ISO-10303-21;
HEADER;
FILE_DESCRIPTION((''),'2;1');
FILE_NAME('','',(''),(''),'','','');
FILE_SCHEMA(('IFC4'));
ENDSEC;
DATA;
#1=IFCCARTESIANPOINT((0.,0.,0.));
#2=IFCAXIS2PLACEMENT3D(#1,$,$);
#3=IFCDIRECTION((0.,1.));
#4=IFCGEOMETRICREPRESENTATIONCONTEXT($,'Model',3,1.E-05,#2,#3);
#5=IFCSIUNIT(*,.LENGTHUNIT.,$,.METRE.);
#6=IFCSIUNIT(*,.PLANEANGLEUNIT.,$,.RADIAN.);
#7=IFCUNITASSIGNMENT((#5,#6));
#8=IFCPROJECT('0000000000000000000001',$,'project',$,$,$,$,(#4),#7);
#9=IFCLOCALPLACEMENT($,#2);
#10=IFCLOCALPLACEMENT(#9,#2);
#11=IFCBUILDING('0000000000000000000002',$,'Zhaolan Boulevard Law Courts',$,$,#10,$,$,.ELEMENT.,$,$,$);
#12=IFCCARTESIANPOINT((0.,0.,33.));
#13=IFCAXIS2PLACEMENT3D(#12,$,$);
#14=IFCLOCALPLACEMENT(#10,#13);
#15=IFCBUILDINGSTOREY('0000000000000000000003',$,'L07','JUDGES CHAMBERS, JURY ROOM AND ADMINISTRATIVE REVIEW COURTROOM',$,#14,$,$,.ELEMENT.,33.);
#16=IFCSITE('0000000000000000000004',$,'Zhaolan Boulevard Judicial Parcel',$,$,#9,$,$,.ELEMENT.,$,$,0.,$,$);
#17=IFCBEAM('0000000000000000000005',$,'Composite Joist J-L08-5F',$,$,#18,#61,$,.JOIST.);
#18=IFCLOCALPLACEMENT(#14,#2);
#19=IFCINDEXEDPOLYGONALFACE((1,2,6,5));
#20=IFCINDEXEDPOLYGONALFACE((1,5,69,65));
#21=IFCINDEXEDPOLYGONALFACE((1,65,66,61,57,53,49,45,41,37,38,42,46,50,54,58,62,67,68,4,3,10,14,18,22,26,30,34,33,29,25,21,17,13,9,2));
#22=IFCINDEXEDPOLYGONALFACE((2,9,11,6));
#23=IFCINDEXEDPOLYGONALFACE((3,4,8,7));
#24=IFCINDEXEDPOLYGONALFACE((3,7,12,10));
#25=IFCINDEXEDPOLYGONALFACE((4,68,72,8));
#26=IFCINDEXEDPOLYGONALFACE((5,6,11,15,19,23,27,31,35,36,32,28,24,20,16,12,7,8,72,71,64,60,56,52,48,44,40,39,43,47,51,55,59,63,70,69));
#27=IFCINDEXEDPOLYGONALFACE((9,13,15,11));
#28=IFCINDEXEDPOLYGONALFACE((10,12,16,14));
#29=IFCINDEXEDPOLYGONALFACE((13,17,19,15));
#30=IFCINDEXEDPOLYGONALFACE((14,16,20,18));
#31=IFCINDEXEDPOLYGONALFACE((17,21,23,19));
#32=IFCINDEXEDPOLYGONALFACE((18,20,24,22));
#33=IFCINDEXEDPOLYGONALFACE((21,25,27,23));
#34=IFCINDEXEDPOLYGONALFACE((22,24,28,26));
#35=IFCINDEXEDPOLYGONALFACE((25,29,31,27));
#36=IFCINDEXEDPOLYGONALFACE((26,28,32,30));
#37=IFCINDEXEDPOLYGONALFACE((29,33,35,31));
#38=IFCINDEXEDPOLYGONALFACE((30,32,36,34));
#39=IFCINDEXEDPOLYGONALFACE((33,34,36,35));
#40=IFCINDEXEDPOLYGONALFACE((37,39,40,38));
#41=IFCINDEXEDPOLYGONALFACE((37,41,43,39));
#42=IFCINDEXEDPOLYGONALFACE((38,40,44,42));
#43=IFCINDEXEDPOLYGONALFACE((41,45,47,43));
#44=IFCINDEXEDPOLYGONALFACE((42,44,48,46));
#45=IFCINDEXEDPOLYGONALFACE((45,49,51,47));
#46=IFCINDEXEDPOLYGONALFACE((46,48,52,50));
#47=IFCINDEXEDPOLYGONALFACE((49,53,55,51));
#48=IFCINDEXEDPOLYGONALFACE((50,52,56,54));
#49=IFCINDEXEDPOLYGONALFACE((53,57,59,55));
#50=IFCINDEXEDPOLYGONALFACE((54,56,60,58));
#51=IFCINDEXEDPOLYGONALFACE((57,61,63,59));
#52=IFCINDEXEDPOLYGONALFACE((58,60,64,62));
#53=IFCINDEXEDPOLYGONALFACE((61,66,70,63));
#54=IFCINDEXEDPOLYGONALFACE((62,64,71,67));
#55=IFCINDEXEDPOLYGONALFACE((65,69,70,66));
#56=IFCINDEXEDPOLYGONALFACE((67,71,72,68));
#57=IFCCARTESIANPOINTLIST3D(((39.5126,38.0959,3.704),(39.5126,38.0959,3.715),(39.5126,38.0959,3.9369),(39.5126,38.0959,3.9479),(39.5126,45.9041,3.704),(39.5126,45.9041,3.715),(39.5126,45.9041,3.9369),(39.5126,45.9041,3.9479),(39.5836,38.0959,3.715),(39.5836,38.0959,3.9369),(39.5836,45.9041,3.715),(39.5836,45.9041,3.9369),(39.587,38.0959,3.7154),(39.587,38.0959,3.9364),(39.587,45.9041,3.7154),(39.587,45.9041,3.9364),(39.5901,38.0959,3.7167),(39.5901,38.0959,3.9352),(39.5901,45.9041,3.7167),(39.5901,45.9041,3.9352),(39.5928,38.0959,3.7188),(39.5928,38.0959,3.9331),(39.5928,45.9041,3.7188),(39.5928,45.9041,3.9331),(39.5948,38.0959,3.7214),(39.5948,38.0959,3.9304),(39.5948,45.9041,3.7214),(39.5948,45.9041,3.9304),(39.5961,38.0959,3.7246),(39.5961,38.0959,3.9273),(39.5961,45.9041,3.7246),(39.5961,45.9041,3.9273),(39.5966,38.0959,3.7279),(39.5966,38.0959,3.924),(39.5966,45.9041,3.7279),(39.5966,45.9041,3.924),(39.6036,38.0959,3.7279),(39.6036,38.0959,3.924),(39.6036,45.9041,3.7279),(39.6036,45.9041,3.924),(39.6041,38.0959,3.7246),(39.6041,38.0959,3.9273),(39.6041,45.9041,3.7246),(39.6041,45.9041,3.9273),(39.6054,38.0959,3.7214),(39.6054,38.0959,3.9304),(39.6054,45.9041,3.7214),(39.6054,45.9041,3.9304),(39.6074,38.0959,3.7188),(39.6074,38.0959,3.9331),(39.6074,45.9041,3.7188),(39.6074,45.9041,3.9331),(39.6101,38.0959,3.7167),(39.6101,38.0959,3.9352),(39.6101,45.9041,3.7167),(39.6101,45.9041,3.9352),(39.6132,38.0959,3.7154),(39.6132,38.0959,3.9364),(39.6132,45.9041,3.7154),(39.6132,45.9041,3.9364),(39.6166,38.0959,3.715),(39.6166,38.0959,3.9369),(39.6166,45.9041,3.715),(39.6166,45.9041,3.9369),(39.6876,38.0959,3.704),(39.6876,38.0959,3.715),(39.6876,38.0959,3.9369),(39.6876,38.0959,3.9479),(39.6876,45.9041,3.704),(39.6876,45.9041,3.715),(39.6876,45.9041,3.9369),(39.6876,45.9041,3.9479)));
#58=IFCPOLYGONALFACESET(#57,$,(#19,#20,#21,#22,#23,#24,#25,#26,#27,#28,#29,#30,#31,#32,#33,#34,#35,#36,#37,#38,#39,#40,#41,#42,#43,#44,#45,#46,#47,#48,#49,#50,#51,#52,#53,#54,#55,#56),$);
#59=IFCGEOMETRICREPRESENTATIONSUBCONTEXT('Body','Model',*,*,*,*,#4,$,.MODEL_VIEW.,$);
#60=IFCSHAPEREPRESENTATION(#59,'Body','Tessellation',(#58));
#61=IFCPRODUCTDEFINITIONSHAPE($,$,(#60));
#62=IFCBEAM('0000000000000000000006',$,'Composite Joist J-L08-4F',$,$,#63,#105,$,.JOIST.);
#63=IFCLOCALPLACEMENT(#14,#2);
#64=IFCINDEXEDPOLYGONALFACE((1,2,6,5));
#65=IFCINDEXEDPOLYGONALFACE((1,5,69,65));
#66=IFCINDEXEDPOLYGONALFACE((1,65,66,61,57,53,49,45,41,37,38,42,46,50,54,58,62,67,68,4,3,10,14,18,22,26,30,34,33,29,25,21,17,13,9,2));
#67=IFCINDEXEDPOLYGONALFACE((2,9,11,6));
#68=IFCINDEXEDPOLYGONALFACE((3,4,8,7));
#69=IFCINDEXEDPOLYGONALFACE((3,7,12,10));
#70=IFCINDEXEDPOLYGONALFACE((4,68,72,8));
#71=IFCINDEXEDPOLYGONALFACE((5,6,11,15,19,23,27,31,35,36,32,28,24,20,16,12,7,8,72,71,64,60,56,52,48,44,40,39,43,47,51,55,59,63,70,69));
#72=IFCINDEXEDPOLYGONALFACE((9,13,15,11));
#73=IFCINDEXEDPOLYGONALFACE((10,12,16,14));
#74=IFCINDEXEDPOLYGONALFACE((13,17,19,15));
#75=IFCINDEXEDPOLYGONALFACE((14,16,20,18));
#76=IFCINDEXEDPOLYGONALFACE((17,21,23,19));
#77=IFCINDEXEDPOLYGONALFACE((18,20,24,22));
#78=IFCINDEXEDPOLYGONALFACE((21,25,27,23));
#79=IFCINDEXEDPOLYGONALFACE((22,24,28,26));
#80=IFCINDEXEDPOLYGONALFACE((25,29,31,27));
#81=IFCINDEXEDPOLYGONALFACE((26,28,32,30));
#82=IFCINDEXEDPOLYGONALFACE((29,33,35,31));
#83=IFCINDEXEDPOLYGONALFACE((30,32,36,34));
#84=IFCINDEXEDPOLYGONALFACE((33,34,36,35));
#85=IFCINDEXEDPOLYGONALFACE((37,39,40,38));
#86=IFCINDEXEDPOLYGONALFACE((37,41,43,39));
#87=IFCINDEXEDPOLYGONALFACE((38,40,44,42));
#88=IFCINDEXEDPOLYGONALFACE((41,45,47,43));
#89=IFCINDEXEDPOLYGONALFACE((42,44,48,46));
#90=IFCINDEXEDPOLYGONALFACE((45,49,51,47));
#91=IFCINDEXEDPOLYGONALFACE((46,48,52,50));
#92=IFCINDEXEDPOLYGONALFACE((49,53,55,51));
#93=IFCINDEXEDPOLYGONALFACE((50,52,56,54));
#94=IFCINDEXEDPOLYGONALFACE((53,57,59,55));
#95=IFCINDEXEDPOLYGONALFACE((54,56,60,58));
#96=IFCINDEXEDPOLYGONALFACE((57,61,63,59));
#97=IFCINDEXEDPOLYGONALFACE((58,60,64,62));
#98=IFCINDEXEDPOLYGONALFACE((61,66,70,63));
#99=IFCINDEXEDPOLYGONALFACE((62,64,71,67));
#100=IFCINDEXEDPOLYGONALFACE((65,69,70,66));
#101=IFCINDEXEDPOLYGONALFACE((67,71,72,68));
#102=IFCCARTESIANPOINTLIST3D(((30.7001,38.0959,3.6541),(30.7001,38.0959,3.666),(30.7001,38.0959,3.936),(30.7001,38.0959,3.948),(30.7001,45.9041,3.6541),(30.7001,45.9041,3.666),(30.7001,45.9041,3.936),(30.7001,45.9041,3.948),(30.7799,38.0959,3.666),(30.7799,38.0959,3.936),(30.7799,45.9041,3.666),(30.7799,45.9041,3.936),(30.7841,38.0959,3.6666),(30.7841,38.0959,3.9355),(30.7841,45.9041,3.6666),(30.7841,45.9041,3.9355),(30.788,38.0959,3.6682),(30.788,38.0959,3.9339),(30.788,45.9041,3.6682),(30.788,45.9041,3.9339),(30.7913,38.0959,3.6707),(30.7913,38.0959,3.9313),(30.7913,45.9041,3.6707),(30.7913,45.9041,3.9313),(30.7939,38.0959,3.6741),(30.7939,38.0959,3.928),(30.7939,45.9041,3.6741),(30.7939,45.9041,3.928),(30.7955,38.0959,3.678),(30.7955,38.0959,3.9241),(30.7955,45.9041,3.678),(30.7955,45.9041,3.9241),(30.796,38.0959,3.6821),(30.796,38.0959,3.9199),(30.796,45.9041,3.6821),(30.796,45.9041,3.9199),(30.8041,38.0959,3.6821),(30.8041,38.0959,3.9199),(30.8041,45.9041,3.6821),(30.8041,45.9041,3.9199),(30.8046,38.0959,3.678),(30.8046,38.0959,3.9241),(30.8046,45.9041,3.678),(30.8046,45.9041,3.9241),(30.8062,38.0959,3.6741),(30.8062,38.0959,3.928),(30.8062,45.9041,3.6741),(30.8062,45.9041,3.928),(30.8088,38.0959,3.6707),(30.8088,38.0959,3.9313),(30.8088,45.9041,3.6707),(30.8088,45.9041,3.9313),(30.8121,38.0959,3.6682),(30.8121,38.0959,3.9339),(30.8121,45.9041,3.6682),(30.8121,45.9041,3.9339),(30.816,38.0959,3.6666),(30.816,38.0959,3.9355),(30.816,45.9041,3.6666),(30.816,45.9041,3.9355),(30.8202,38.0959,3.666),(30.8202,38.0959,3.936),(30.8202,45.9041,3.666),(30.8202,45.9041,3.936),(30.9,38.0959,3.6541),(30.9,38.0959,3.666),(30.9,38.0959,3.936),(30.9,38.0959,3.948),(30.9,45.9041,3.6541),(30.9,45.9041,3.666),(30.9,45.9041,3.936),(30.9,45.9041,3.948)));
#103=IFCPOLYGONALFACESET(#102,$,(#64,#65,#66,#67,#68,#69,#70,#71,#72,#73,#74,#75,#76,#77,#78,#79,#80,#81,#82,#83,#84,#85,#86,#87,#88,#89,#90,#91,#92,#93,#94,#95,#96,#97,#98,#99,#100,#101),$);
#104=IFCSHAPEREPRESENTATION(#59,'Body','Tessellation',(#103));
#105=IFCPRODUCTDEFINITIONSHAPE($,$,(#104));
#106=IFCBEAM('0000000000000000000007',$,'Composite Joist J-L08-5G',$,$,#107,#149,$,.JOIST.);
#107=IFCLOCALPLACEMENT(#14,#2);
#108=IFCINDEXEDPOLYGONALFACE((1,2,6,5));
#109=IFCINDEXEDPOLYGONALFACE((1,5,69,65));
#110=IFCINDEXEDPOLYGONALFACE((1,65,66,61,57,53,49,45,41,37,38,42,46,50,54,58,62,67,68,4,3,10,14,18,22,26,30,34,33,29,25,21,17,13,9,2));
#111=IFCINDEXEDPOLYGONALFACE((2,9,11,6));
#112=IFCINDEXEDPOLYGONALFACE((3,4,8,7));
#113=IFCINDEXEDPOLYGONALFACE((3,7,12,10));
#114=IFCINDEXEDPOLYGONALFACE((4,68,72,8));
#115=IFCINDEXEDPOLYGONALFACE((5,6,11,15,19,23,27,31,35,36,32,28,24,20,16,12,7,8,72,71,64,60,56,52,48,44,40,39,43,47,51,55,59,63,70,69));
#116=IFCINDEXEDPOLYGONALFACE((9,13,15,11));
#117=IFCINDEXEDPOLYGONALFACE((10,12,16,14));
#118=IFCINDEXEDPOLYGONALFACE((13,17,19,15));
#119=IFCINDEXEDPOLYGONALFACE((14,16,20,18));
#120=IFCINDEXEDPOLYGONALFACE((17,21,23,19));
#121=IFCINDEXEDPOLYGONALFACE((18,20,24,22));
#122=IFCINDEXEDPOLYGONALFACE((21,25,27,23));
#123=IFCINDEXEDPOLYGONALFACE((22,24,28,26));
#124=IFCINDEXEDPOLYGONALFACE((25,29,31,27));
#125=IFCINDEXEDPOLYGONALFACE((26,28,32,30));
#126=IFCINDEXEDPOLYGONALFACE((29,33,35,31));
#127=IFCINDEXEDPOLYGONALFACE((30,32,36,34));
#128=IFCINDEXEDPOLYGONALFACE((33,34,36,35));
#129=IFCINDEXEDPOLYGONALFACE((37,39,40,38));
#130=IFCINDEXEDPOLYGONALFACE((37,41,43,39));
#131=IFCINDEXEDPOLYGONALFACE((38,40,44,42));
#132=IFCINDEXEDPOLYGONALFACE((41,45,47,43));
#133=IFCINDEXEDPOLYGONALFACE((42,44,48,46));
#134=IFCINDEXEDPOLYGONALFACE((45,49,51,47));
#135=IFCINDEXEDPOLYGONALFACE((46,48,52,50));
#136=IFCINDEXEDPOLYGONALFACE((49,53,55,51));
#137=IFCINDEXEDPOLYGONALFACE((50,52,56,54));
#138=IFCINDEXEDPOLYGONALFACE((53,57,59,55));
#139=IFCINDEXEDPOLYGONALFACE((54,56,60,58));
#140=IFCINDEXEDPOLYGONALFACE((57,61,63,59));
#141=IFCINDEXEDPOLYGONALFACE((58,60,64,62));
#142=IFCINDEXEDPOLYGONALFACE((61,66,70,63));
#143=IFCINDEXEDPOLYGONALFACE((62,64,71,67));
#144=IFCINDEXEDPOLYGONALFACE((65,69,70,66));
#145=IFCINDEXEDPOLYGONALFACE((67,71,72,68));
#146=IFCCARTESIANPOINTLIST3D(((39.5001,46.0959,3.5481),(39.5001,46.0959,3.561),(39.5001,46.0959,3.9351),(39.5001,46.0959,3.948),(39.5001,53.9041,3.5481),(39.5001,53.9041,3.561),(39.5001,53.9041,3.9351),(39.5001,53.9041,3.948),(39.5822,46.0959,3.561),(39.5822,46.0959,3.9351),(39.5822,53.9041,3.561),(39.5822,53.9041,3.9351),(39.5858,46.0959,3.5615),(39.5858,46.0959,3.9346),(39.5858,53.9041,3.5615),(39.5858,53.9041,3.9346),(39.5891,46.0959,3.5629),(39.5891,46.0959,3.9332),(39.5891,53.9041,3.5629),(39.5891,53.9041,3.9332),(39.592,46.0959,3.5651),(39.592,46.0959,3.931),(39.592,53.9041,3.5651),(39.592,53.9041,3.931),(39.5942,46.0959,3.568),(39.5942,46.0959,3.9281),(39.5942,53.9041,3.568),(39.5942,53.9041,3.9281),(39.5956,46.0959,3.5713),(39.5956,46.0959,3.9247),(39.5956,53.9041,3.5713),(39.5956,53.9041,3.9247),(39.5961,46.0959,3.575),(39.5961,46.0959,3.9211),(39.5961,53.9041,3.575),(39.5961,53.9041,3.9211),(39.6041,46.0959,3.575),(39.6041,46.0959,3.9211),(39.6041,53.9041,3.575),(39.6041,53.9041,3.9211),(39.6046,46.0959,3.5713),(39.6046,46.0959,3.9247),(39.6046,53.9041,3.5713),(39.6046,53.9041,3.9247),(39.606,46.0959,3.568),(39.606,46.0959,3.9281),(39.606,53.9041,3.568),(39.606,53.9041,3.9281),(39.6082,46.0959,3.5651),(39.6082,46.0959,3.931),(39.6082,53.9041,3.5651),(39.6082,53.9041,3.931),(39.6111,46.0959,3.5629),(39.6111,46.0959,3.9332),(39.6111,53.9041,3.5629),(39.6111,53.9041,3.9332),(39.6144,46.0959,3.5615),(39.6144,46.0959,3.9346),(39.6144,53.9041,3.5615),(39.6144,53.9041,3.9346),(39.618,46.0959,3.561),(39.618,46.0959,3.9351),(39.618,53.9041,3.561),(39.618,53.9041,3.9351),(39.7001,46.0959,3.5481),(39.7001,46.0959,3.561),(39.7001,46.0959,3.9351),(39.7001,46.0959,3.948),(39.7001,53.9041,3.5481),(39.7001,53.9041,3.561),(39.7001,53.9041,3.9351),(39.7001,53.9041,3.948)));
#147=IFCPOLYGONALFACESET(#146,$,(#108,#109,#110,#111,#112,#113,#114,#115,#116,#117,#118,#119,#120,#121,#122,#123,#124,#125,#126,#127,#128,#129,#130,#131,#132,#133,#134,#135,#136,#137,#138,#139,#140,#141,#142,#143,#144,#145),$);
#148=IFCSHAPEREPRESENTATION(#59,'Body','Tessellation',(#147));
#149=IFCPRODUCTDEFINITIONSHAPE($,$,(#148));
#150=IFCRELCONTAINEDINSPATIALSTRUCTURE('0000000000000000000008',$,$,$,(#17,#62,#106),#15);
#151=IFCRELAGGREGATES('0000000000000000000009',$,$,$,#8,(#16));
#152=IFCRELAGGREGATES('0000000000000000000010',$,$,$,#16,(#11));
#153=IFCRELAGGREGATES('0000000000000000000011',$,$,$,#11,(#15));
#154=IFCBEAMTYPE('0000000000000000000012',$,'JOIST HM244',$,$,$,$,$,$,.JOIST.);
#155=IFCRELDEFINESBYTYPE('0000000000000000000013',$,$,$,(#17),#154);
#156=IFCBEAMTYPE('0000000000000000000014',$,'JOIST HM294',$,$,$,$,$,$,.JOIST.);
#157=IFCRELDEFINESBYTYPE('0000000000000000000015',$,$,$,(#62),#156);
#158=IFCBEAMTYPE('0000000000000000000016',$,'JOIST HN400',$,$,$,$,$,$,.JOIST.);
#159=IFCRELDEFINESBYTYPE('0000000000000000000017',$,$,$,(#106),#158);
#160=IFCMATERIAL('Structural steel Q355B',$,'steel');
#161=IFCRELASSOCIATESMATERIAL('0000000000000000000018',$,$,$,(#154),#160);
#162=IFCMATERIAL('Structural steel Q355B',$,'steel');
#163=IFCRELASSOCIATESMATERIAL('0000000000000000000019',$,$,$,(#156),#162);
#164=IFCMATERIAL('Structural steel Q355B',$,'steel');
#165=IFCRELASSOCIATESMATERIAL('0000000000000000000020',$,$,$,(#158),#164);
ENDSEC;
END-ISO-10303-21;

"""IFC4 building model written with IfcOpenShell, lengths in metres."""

from ifc_helpers import new_model, si_unit, direction, frame, origin, origin_2d, place, context, subcontext, project, spatial, i_section, extrude, material, material_profile, profile_set, type_object, element, save


model = new_model("IFC4")

# Units and contexts
model_context = context("Model", 3, precision=1e-05, world=origin(), true_north=direction((0.0, 1.0)))
body_context = subcontext(model_context, "Body", "Model", "MODEL_VIEW")
ifc_project = project(units=[si_unit("LENGTHUNIT", "METRE"), si_unit("PLANEANGLEUNIT", "RADIAN")], contexts=[model_context])

# Site, building, storey
site_placement = place(None, origin())
site = spatial("IfcSite", under=ifc_project, at=site_placement, Name="Zhaolan Boulevard Judicial Parcel", CompositionType="ELEMENT", RefElevation=0.0)
building_placement = place(site_placement, origin())
building = spatial("IfcBuilding", under=site, at=building_placement, Name="Zhaolan Boulevard Law Courts", CompositionType="ELEMENT")
storey_placement = place(building_placement, frame((0.0, 0.0, 33.0)))
storey = spatial("IfcBuildingStorey", under=building, at=storey_placement, Name="L07", Description="JUDGES CHAMBERS, JURY ROOM AND ADMINISTRATIVE REVIEW COURTROOM", CompositionType="ELEMENT", Elevation=33.0)

# Beams
ifc_material_1 = material(Name="Structural steel Q355B", Category="steel")
ifc_material_profile_1 = material_profile(ifc_material_1, i_section(OverallWidth=0.175, OverallDepth=0.2439, WebThickness=0.0071, FlangeThickness=0.011, FilletRadius=0.0129, at=origin_2d()), Name="HM244x175")
ifc_profile_set_1 = profile_set([ifc_material_profile_1], Name="Structural steel Q355B")
beam_type_1 = type_object("IfcBeamType", Name="JOIST HM244", PredefinedType="JOIST", material=ifc_profile_set_1)
for number, where, z_axis, x_axis, name in (
    (1, (39.6001, 38.0959, 3.8259), (0.0, 1.0, 0.0), (-1.0, 0.0, 0.0), "Composite Joist J-L08-5F"),
):
    element("IfcBeam", number, at=place(storey_placement, frame(where, z_axis=z_axis, x_axis=x_axis)), inside=storey, type_object=beam_type_1, Name=name, PredefinedType="JOIST", context=body_context, shape_type="SweptSolid", body=[
        extrude(i_section(OverallWidth=0.175, OverallDepth=0.2439, WebThickness=0.0071, FlangeThickness=0.011, FilletRadius=0.0129, at=origin_2d()), origin(), (0.0, 0.0, 1.0), 7.8081),
    ])
ifc_material_2 = material(Name="Structural steel Q355B", Category="steel")
ifc_material_profile_2 = material_profile(ifc_material_2, i_section(OverallWidth=0.2, OverallDepth=0.2939, WebThickness=0.0081, FlangeThickness=0.012, FilletRadius=0.0161, at=origin_2d()), Name="HM294x200")
ifc_profile_set_2 = profile_set([ifc_material_profile_2], Name="Structural steel Q355B")
beam_type_2 = type_object("IfcBeamType", Name="JOIST HM294", PredefinedType="JOIST", material=ifc_profile_set_2)
beam_1_placement = place(storey_placement, frame((30.8, 38.0959, 3.801), z_axis=(0.0, 1.0, 0.0), x_axis=(-1.0, 0.0, 0.0)))
element("IfcBeam", 2, at=beam_1_placement, inside=storey, type_object=beam_type_2, Name="Composite Joist J-L08-4F", PredefinedType="JOIST", context=body_context, shape_type="SweptSolid", body=[
    extrude(i_section(OverallWidth=0.2, OverallDepth=0.2939, WebThickness=0.0081, FlangeThickness=0.012, FilletRadius=0.0161, at=origin_2d()), origin(), (0.0, 0.0, 1.0), 7.8081),
])
ifc_material_3 = material(Name="Structural steel Q355B", Category="steel")
ifc_material_profile_3 = material_profile(ifc_material_3, i_section(OverallWidth=0.2, OverallDepth=0.3999, WebThickness=0.0081, FlangeThickness=0.0129, FilletRadius=0.0139, at=origin_2d()), Name="HN400x200")
ifc_profile_set_3 = profile_set([ifc_material_profile_3], Name="Structural steel Q355B")
beam_type_3 = type_object("IfcBeamType", Name="JOIST HN400", PredefinedType="JOIST", material=ifc_profile_set_3)
beam_2_placement = place(storey_placement, frame((39.6001, 46.0959, 3.748), z_axis=(0.0, 1.0, 0.0), x_axis=(-1.0, 0.0, 0.0)))
element("IfcBeam", 3, at=beam_2_placement, inside=storey, type_object=beam_type_3, Name="Composite Joist J-L08-5G", PredefinedType="JOIST", context=body_context, shape_type="SweptSolid", body=[
    extrude(i_section(OverallWidth=0.2, OverallDepth=0.3999, WebThickness=0.0081, FlangeThickness=0.0129, FilletRadius=0.0139, at=origin_2d()), origin(), (0.0, 0.0, 1.0), 7.8081),
])

save(model, "model.ifc")
